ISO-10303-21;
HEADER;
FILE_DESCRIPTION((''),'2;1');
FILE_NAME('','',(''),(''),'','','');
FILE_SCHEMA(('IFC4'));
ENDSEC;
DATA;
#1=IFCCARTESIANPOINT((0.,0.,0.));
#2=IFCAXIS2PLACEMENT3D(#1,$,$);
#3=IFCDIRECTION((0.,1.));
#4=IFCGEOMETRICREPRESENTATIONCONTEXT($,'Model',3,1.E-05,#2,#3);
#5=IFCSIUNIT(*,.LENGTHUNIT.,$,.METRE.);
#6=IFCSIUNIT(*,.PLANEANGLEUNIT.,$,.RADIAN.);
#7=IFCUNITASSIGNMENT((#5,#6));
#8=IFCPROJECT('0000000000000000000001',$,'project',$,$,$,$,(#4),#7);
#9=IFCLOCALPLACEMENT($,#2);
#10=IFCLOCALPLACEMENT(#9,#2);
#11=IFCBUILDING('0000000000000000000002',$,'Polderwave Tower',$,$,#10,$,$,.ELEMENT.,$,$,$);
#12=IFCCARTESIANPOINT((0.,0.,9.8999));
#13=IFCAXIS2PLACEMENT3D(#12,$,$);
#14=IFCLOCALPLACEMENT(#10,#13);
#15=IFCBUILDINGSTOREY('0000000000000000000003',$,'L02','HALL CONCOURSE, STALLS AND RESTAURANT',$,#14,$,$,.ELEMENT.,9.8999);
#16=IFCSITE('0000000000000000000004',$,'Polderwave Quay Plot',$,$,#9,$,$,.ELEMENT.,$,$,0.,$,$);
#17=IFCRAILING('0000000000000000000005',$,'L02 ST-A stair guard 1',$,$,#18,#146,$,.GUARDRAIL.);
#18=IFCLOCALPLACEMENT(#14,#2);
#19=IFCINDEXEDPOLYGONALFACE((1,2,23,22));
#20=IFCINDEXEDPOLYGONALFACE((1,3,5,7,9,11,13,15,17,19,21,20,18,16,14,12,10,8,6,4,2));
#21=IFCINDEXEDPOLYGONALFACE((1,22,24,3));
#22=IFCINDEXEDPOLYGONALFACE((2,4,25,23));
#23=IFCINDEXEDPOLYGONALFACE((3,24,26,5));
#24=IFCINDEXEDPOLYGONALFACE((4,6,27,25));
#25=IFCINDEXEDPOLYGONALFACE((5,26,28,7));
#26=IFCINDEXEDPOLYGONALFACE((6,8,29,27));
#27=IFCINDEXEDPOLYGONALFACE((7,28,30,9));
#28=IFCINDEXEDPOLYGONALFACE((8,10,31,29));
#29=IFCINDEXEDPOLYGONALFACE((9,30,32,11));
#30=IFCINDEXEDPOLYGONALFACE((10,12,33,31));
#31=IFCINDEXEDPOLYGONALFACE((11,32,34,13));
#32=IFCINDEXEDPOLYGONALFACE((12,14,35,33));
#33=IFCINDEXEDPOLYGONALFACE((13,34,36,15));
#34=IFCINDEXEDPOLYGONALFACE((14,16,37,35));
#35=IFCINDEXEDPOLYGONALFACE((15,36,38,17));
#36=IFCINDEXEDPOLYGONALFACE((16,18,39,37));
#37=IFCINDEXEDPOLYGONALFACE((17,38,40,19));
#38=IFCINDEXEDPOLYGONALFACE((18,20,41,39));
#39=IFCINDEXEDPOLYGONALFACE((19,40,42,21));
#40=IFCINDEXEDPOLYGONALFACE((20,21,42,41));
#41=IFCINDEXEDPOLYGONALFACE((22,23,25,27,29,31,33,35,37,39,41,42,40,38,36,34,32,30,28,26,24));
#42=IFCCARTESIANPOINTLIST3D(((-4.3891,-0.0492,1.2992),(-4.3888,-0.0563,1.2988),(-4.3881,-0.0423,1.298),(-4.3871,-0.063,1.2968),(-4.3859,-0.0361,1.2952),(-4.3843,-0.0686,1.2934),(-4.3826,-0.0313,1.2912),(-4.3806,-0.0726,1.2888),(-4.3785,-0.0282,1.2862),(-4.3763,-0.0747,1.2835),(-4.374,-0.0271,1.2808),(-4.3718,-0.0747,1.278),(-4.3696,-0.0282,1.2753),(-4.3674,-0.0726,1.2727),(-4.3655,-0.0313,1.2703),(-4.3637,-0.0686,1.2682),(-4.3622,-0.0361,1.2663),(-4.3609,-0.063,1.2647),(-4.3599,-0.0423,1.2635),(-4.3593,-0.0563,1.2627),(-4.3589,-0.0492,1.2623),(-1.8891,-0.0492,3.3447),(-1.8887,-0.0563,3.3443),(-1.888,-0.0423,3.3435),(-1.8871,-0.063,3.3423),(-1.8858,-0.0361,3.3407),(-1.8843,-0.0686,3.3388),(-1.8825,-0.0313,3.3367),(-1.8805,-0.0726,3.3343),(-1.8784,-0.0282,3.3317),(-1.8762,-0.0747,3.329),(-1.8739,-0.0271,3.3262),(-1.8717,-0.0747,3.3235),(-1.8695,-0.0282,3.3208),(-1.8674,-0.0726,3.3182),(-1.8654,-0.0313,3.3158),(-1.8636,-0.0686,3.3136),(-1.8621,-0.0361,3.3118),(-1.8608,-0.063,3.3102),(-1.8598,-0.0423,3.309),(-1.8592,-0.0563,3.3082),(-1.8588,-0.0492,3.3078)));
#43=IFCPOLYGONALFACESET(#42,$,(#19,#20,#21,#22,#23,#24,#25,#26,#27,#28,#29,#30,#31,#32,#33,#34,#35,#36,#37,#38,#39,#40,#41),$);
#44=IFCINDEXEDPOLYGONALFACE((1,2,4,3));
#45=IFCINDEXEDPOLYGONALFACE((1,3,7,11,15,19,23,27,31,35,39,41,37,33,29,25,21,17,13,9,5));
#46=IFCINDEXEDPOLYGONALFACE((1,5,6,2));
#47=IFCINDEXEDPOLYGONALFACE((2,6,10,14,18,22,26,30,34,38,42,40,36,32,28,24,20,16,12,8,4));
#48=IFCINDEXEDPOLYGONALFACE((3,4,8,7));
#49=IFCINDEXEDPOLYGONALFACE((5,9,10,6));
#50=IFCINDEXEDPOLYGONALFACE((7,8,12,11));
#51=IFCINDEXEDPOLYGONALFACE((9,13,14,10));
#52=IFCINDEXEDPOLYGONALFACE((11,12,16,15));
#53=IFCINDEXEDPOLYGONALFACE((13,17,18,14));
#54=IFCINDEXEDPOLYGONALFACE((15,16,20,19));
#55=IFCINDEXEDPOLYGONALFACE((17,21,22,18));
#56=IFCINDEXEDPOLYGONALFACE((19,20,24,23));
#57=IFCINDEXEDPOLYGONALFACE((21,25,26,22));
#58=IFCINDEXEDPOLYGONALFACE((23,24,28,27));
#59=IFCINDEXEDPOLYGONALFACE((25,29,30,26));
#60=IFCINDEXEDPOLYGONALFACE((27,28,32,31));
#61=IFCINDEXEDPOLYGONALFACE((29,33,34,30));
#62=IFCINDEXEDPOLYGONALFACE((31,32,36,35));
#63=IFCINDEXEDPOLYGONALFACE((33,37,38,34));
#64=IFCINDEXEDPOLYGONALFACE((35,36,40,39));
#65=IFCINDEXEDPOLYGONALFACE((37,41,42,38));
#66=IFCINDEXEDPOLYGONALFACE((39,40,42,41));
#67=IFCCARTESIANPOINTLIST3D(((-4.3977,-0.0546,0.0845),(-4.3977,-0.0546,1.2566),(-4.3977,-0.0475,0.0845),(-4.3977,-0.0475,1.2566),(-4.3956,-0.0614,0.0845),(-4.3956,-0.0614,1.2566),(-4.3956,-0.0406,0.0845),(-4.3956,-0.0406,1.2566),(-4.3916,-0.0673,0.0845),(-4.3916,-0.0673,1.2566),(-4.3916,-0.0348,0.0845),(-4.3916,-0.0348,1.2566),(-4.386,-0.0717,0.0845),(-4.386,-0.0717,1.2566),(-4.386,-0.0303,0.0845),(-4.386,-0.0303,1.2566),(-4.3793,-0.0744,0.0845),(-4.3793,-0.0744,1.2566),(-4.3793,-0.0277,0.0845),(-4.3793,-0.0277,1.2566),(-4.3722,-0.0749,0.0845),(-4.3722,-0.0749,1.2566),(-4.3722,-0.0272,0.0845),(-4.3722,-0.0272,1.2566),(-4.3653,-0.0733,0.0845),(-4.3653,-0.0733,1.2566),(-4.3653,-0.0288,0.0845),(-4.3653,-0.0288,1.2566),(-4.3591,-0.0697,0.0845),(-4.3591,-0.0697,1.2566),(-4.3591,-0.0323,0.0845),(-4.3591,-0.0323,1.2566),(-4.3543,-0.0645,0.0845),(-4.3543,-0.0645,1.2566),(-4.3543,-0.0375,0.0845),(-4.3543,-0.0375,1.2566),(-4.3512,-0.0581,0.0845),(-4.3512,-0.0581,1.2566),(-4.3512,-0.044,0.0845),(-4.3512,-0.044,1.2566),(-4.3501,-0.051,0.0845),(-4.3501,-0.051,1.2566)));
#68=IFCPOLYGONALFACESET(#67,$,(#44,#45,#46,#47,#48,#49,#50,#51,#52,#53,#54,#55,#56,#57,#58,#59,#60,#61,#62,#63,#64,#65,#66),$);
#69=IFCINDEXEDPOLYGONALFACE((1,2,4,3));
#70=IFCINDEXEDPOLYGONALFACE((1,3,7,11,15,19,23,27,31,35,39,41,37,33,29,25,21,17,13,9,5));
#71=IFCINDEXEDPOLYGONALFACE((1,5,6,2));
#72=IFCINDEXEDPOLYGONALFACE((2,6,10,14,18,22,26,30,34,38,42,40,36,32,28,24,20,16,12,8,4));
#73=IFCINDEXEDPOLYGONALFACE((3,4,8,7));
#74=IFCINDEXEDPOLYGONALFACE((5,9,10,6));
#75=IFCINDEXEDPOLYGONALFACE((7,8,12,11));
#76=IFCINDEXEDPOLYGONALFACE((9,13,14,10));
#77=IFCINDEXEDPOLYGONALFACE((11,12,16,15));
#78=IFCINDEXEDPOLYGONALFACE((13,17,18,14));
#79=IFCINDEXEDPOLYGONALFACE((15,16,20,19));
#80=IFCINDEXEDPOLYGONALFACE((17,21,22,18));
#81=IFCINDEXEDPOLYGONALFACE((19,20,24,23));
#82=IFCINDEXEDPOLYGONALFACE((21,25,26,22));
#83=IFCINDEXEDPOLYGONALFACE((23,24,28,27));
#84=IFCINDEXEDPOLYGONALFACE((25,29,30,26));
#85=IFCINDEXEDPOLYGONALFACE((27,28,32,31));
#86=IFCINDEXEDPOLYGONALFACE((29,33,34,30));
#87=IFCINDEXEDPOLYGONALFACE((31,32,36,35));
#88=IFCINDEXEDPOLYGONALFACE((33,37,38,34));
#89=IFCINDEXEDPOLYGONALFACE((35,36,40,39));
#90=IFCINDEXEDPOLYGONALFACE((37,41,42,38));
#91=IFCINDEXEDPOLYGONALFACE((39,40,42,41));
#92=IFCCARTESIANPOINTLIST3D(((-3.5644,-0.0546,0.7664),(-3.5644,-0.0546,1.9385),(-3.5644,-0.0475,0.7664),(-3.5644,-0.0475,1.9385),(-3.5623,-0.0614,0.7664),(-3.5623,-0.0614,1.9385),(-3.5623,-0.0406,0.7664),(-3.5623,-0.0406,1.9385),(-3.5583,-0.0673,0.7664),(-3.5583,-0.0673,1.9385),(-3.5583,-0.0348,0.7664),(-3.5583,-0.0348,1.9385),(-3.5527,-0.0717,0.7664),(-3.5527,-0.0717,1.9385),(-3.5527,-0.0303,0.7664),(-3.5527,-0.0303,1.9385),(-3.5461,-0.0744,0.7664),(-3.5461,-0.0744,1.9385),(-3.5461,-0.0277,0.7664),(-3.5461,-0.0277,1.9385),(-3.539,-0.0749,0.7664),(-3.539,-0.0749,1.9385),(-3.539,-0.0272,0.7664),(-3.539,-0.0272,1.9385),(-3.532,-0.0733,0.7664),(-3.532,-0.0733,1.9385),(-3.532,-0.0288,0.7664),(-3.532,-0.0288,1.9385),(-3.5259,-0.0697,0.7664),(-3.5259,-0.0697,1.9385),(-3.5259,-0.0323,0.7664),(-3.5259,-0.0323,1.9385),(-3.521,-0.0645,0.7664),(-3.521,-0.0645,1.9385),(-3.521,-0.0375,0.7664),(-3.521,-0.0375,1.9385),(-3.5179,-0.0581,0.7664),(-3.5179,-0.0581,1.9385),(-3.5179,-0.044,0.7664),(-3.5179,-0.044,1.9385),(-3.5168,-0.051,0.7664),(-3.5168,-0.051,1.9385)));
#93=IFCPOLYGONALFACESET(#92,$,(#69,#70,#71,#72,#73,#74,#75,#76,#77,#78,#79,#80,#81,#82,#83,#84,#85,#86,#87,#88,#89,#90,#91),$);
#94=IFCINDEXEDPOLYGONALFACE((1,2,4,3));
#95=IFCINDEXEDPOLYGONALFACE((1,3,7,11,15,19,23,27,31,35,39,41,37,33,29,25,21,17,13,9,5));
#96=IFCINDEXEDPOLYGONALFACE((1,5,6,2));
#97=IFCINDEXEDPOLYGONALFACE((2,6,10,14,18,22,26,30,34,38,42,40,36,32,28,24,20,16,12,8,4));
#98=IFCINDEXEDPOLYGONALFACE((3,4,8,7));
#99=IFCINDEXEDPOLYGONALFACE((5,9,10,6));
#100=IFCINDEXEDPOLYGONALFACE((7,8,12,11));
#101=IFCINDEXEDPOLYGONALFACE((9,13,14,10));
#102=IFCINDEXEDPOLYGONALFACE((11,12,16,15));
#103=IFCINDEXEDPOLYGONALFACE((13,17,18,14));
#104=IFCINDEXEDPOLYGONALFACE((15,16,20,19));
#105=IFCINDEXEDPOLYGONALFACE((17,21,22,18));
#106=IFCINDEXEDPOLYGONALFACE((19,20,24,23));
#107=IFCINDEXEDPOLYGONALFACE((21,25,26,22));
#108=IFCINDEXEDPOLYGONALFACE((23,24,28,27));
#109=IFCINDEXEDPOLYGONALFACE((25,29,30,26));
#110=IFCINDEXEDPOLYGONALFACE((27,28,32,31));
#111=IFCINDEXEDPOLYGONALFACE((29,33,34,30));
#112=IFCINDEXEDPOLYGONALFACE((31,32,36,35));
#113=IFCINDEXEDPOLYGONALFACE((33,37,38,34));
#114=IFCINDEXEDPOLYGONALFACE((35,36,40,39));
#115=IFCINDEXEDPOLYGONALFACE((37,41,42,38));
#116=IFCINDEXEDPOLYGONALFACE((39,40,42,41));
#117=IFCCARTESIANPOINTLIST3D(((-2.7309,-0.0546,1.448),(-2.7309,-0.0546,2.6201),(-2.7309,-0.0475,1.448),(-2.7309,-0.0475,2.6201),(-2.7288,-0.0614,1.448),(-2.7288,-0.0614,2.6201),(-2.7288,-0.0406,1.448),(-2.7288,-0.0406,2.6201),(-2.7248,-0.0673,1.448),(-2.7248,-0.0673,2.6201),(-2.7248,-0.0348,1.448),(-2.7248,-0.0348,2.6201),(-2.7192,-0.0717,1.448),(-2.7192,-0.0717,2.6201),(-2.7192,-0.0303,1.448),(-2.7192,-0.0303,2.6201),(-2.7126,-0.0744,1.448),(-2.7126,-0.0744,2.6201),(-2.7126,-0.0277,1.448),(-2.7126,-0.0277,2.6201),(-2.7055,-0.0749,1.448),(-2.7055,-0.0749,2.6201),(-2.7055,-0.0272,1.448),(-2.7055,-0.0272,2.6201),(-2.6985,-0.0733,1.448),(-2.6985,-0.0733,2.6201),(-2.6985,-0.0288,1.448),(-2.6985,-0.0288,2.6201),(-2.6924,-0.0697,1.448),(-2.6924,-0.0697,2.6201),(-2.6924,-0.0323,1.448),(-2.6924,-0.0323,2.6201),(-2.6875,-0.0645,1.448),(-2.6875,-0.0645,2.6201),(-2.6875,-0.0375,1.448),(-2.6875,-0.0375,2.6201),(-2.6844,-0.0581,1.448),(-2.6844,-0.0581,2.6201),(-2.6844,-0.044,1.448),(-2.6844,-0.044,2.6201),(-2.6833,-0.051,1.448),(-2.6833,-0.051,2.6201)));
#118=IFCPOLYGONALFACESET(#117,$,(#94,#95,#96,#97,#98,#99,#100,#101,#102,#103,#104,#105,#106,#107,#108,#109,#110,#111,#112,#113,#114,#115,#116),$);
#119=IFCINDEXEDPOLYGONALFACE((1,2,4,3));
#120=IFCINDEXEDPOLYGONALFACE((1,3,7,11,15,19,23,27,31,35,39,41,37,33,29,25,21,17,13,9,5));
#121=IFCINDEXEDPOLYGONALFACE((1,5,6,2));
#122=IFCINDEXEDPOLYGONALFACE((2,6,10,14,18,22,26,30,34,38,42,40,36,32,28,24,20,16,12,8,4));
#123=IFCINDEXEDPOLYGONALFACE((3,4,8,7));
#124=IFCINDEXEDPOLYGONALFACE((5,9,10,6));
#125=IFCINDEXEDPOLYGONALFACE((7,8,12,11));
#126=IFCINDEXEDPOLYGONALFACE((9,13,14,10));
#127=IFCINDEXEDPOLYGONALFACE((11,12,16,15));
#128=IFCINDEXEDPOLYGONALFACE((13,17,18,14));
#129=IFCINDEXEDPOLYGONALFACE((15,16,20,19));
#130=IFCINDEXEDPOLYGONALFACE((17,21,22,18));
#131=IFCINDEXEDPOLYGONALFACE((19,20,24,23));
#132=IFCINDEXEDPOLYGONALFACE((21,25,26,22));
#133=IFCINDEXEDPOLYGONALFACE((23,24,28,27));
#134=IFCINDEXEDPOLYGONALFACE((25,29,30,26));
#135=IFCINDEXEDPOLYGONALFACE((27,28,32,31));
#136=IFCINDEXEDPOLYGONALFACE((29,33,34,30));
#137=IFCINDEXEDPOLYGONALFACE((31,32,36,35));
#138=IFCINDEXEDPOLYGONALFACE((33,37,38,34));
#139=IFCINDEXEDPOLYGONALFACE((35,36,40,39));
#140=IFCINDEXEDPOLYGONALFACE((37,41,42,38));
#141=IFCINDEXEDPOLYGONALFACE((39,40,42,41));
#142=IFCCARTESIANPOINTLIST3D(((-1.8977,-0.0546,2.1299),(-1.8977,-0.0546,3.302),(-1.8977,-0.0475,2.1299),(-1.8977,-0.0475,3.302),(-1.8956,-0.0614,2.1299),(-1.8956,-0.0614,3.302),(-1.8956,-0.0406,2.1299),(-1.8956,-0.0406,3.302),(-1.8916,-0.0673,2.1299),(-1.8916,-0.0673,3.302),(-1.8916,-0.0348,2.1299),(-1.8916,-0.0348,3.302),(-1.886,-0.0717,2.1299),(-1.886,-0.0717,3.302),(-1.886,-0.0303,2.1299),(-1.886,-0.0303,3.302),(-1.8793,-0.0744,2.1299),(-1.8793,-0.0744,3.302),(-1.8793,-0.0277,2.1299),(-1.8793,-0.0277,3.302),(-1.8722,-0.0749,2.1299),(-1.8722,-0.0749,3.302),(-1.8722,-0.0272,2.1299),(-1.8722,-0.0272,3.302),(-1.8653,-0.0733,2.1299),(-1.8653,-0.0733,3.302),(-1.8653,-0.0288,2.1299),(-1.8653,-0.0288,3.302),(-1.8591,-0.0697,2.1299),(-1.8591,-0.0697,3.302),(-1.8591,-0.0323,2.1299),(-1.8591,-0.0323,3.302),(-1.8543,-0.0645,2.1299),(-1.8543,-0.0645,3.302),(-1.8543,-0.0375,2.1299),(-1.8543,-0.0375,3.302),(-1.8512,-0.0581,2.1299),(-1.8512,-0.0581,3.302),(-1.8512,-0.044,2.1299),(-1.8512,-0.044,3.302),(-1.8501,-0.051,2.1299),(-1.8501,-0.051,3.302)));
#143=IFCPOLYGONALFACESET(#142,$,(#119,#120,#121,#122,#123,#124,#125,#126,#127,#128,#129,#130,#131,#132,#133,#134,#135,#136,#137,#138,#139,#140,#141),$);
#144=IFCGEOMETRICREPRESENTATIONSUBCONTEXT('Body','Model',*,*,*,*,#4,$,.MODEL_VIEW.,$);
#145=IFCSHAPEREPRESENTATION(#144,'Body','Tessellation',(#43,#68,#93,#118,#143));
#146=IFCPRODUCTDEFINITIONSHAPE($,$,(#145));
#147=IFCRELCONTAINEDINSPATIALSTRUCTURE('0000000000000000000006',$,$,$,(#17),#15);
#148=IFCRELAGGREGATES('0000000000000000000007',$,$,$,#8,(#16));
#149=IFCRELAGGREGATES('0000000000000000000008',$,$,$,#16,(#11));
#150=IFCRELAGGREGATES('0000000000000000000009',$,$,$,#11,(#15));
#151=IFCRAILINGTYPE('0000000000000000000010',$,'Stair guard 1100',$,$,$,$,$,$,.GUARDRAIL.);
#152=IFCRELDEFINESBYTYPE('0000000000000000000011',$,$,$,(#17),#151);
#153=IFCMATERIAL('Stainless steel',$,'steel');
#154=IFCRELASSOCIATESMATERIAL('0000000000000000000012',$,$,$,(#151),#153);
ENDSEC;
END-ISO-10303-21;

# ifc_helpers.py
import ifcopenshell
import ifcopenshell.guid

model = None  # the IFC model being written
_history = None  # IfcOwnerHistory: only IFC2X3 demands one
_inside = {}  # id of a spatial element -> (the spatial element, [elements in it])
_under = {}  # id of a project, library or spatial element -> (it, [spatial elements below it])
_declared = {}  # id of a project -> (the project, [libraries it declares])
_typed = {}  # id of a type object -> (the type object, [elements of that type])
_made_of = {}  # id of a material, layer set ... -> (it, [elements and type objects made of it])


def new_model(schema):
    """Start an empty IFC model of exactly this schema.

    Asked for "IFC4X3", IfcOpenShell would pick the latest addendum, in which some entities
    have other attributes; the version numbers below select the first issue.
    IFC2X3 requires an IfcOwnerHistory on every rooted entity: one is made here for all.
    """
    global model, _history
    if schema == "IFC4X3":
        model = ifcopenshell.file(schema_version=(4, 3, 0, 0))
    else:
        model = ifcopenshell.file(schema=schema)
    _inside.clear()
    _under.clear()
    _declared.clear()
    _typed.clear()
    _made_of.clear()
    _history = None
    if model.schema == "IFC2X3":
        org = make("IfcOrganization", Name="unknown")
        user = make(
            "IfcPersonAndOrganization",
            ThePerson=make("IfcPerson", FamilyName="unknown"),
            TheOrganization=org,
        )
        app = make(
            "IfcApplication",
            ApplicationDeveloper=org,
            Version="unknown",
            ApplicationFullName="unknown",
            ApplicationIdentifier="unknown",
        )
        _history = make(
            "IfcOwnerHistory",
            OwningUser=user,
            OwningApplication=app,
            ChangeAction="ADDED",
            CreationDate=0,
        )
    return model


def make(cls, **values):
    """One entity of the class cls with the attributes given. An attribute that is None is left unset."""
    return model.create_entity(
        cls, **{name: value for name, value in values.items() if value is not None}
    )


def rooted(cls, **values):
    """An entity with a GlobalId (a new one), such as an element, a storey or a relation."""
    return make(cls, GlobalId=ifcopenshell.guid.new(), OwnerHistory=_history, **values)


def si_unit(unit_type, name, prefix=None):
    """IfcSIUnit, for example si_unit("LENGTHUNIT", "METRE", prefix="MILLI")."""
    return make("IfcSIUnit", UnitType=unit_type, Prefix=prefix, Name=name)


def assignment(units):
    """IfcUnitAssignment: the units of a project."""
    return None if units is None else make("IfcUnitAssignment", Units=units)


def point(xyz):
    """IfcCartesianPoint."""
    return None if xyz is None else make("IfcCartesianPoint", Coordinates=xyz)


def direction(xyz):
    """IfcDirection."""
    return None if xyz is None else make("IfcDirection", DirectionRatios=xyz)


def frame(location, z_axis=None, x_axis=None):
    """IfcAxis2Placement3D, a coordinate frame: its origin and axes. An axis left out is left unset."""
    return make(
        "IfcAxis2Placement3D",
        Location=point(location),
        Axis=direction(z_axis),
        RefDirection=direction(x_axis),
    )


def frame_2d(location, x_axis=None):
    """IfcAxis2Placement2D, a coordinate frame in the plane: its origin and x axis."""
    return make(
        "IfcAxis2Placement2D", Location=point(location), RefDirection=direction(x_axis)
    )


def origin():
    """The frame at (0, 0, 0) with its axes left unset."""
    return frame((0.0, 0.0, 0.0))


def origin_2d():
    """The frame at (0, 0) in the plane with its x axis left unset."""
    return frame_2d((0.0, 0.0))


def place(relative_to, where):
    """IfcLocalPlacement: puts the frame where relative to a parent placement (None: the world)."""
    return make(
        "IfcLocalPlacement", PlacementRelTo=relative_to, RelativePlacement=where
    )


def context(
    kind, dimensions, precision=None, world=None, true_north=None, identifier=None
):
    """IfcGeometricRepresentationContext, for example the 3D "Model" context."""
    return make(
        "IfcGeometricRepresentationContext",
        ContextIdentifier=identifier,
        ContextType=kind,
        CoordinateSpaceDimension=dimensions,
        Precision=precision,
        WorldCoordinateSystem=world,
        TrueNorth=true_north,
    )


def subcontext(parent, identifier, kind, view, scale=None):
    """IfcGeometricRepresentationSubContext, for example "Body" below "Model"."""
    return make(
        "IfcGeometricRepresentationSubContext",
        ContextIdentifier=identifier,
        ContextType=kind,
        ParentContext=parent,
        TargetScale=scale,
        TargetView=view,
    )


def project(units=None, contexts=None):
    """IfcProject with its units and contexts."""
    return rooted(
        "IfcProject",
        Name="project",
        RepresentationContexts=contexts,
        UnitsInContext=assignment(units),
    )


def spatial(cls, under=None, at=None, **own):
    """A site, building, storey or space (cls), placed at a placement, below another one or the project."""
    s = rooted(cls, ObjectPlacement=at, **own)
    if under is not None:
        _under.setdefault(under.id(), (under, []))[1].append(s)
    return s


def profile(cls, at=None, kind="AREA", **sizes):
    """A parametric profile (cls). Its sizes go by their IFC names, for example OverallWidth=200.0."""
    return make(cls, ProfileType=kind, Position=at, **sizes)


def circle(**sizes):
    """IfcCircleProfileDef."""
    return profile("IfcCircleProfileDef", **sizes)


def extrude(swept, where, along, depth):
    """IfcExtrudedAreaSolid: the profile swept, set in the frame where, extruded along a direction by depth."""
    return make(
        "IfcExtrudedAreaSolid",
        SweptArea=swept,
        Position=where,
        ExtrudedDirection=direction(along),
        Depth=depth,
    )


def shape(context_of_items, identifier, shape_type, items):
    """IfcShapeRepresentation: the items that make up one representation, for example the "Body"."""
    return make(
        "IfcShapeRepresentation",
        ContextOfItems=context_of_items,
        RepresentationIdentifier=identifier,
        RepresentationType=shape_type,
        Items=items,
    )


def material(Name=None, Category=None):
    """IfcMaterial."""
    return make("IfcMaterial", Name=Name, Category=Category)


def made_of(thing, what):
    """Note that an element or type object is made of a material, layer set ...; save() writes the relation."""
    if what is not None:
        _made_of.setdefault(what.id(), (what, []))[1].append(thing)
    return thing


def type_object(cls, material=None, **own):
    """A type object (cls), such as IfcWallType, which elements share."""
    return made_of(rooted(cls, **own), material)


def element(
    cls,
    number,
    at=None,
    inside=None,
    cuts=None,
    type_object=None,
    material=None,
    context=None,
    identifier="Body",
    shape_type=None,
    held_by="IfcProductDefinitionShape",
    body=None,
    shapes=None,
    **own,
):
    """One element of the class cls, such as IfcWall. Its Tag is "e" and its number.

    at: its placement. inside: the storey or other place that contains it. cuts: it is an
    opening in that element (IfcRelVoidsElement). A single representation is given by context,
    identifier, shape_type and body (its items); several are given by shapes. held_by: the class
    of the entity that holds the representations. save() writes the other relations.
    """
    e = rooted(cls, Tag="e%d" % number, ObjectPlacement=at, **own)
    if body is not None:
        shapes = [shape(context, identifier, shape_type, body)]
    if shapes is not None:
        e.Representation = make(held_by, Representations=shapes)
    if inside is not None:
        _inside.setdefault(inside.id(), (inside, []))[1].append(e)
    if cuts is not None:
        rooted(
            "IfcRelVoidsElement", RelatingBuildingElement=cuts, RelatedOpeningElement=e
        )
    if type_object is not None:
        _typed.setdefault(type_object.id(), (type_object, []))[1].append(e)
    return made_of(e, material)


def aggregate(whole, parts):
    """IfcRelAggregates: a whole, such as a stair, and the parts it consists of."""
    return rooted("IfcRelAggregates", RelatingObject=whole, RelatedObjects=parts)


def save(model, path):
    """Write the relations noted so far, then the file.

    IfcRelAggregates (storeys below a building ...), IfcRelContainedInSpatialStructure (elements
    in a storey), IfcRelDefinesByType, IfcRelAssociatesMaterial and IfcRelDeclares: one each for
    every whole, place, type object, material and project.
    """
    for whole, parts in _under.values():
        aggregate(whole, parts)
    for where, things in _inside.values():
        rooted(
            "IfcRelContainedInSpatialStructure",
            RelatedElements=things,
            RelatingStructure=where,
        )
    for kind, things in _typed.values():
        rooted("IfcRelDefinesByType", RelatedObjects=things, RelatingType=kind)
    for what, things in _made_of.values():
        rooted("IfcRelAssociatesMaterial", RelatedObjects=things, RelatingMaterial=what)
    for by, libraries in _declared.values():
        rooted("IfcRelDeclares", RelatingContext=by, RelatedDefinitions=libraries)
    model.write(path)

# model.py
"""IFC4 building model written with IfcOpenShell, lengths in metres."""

from ifc_helpers import new_model, si_unit, direction, frame, origin, origin_2d, place, context, subcontext, project, spatial, circle, extrude, material, type_object, element, save


model = new_model("IFC4")

# Units and contexts
model_context = context("Model", 3, precision=1e-05, world=origin(), true_north=direction((0.0, 1.0)))
body_context = subcontext(model_context, "Body", "Model", "MODEL_VIEW")
ifc_project = project(units=[si_unit("LENGTHUNIT", "METRE"), si_unit("PLANEANGLEUNIT", "RADIAN")], contexts=[model_context])

# Site, building, storey
site_placement = place(None, origin())
site = spatial("IfcSite", under=ifc_project, at=site_placement, Name="Polderwave Quay Plot", CompositionType="ELEMENT", RefElevation=0.0)
building_placement = place(site_placement, origin())
building = spatial("IfcBuilding", under=site, at=building_placement, Name="Polderwave Tower", CompositionType="ELEMENT")
storey_placement = place(building_placement, frame((0.0, 0.0, 9.8999)))
storey = spatial("IfcBuildingStorey", under=building, at=storey_placement, Name="L02", Description="HALL CONCOURSE, STALLS AND RESTAURANT", CompositionType="ELEMENT", Elevation=9.8999)

# Railing
ifc_material_1 = material(Name="Stainless steel", Category="steel")
railing_type = type_object("IfcRailingType", Name="Stair guard 1100", PredefinedType="GUARDRAIL", material=ifc_material_1)
railing_1_placement = place(storey_placement, frame((-4.374, -0.051, 0.0845)))
element("IfcRailing", 1, at=railing_1_placement, inside=storey, type_object=railing_type, Name="L02 ST-A stair guard 1", PredefinedType="GUARDRAIL", context=body_context, shape_type="SweptSolid", body=[
    extrude(circle(Radius=0.0239, at=origin_2d()), frame((0.0, 0.0, 1.1963), z_axis=(0.773964, 0.0, 0.63323), x_axis=(0.0, 1.0, 0.0)), (0.0, 0.0, 1.0), 3.2302),
    extrude(circle(Radius=0.0239, at=origin_2d()), origin(), (0.0, 0.0, 1.0), 1.1721),
    extrude(circle(Radius=0.0239, at=origin_2d()), frame((0.8333, 0.0, 0.6819)), (0.0, 0.0, 1.0), 1.1721),
    extrude(circle(Radius=0.0239, at=origin_2d()), frame((1.6667, 0.0, 1.3635)), (0.0, 0.0, 1.0), 1.1721),
    extrude(circle(Radius=0.0239, at=origin_2d()), frame((2.5, 0.0, 2.0454)), (0.0, 0.0, 1.0), 1.1721),
])

save(model, "model.ifc")
